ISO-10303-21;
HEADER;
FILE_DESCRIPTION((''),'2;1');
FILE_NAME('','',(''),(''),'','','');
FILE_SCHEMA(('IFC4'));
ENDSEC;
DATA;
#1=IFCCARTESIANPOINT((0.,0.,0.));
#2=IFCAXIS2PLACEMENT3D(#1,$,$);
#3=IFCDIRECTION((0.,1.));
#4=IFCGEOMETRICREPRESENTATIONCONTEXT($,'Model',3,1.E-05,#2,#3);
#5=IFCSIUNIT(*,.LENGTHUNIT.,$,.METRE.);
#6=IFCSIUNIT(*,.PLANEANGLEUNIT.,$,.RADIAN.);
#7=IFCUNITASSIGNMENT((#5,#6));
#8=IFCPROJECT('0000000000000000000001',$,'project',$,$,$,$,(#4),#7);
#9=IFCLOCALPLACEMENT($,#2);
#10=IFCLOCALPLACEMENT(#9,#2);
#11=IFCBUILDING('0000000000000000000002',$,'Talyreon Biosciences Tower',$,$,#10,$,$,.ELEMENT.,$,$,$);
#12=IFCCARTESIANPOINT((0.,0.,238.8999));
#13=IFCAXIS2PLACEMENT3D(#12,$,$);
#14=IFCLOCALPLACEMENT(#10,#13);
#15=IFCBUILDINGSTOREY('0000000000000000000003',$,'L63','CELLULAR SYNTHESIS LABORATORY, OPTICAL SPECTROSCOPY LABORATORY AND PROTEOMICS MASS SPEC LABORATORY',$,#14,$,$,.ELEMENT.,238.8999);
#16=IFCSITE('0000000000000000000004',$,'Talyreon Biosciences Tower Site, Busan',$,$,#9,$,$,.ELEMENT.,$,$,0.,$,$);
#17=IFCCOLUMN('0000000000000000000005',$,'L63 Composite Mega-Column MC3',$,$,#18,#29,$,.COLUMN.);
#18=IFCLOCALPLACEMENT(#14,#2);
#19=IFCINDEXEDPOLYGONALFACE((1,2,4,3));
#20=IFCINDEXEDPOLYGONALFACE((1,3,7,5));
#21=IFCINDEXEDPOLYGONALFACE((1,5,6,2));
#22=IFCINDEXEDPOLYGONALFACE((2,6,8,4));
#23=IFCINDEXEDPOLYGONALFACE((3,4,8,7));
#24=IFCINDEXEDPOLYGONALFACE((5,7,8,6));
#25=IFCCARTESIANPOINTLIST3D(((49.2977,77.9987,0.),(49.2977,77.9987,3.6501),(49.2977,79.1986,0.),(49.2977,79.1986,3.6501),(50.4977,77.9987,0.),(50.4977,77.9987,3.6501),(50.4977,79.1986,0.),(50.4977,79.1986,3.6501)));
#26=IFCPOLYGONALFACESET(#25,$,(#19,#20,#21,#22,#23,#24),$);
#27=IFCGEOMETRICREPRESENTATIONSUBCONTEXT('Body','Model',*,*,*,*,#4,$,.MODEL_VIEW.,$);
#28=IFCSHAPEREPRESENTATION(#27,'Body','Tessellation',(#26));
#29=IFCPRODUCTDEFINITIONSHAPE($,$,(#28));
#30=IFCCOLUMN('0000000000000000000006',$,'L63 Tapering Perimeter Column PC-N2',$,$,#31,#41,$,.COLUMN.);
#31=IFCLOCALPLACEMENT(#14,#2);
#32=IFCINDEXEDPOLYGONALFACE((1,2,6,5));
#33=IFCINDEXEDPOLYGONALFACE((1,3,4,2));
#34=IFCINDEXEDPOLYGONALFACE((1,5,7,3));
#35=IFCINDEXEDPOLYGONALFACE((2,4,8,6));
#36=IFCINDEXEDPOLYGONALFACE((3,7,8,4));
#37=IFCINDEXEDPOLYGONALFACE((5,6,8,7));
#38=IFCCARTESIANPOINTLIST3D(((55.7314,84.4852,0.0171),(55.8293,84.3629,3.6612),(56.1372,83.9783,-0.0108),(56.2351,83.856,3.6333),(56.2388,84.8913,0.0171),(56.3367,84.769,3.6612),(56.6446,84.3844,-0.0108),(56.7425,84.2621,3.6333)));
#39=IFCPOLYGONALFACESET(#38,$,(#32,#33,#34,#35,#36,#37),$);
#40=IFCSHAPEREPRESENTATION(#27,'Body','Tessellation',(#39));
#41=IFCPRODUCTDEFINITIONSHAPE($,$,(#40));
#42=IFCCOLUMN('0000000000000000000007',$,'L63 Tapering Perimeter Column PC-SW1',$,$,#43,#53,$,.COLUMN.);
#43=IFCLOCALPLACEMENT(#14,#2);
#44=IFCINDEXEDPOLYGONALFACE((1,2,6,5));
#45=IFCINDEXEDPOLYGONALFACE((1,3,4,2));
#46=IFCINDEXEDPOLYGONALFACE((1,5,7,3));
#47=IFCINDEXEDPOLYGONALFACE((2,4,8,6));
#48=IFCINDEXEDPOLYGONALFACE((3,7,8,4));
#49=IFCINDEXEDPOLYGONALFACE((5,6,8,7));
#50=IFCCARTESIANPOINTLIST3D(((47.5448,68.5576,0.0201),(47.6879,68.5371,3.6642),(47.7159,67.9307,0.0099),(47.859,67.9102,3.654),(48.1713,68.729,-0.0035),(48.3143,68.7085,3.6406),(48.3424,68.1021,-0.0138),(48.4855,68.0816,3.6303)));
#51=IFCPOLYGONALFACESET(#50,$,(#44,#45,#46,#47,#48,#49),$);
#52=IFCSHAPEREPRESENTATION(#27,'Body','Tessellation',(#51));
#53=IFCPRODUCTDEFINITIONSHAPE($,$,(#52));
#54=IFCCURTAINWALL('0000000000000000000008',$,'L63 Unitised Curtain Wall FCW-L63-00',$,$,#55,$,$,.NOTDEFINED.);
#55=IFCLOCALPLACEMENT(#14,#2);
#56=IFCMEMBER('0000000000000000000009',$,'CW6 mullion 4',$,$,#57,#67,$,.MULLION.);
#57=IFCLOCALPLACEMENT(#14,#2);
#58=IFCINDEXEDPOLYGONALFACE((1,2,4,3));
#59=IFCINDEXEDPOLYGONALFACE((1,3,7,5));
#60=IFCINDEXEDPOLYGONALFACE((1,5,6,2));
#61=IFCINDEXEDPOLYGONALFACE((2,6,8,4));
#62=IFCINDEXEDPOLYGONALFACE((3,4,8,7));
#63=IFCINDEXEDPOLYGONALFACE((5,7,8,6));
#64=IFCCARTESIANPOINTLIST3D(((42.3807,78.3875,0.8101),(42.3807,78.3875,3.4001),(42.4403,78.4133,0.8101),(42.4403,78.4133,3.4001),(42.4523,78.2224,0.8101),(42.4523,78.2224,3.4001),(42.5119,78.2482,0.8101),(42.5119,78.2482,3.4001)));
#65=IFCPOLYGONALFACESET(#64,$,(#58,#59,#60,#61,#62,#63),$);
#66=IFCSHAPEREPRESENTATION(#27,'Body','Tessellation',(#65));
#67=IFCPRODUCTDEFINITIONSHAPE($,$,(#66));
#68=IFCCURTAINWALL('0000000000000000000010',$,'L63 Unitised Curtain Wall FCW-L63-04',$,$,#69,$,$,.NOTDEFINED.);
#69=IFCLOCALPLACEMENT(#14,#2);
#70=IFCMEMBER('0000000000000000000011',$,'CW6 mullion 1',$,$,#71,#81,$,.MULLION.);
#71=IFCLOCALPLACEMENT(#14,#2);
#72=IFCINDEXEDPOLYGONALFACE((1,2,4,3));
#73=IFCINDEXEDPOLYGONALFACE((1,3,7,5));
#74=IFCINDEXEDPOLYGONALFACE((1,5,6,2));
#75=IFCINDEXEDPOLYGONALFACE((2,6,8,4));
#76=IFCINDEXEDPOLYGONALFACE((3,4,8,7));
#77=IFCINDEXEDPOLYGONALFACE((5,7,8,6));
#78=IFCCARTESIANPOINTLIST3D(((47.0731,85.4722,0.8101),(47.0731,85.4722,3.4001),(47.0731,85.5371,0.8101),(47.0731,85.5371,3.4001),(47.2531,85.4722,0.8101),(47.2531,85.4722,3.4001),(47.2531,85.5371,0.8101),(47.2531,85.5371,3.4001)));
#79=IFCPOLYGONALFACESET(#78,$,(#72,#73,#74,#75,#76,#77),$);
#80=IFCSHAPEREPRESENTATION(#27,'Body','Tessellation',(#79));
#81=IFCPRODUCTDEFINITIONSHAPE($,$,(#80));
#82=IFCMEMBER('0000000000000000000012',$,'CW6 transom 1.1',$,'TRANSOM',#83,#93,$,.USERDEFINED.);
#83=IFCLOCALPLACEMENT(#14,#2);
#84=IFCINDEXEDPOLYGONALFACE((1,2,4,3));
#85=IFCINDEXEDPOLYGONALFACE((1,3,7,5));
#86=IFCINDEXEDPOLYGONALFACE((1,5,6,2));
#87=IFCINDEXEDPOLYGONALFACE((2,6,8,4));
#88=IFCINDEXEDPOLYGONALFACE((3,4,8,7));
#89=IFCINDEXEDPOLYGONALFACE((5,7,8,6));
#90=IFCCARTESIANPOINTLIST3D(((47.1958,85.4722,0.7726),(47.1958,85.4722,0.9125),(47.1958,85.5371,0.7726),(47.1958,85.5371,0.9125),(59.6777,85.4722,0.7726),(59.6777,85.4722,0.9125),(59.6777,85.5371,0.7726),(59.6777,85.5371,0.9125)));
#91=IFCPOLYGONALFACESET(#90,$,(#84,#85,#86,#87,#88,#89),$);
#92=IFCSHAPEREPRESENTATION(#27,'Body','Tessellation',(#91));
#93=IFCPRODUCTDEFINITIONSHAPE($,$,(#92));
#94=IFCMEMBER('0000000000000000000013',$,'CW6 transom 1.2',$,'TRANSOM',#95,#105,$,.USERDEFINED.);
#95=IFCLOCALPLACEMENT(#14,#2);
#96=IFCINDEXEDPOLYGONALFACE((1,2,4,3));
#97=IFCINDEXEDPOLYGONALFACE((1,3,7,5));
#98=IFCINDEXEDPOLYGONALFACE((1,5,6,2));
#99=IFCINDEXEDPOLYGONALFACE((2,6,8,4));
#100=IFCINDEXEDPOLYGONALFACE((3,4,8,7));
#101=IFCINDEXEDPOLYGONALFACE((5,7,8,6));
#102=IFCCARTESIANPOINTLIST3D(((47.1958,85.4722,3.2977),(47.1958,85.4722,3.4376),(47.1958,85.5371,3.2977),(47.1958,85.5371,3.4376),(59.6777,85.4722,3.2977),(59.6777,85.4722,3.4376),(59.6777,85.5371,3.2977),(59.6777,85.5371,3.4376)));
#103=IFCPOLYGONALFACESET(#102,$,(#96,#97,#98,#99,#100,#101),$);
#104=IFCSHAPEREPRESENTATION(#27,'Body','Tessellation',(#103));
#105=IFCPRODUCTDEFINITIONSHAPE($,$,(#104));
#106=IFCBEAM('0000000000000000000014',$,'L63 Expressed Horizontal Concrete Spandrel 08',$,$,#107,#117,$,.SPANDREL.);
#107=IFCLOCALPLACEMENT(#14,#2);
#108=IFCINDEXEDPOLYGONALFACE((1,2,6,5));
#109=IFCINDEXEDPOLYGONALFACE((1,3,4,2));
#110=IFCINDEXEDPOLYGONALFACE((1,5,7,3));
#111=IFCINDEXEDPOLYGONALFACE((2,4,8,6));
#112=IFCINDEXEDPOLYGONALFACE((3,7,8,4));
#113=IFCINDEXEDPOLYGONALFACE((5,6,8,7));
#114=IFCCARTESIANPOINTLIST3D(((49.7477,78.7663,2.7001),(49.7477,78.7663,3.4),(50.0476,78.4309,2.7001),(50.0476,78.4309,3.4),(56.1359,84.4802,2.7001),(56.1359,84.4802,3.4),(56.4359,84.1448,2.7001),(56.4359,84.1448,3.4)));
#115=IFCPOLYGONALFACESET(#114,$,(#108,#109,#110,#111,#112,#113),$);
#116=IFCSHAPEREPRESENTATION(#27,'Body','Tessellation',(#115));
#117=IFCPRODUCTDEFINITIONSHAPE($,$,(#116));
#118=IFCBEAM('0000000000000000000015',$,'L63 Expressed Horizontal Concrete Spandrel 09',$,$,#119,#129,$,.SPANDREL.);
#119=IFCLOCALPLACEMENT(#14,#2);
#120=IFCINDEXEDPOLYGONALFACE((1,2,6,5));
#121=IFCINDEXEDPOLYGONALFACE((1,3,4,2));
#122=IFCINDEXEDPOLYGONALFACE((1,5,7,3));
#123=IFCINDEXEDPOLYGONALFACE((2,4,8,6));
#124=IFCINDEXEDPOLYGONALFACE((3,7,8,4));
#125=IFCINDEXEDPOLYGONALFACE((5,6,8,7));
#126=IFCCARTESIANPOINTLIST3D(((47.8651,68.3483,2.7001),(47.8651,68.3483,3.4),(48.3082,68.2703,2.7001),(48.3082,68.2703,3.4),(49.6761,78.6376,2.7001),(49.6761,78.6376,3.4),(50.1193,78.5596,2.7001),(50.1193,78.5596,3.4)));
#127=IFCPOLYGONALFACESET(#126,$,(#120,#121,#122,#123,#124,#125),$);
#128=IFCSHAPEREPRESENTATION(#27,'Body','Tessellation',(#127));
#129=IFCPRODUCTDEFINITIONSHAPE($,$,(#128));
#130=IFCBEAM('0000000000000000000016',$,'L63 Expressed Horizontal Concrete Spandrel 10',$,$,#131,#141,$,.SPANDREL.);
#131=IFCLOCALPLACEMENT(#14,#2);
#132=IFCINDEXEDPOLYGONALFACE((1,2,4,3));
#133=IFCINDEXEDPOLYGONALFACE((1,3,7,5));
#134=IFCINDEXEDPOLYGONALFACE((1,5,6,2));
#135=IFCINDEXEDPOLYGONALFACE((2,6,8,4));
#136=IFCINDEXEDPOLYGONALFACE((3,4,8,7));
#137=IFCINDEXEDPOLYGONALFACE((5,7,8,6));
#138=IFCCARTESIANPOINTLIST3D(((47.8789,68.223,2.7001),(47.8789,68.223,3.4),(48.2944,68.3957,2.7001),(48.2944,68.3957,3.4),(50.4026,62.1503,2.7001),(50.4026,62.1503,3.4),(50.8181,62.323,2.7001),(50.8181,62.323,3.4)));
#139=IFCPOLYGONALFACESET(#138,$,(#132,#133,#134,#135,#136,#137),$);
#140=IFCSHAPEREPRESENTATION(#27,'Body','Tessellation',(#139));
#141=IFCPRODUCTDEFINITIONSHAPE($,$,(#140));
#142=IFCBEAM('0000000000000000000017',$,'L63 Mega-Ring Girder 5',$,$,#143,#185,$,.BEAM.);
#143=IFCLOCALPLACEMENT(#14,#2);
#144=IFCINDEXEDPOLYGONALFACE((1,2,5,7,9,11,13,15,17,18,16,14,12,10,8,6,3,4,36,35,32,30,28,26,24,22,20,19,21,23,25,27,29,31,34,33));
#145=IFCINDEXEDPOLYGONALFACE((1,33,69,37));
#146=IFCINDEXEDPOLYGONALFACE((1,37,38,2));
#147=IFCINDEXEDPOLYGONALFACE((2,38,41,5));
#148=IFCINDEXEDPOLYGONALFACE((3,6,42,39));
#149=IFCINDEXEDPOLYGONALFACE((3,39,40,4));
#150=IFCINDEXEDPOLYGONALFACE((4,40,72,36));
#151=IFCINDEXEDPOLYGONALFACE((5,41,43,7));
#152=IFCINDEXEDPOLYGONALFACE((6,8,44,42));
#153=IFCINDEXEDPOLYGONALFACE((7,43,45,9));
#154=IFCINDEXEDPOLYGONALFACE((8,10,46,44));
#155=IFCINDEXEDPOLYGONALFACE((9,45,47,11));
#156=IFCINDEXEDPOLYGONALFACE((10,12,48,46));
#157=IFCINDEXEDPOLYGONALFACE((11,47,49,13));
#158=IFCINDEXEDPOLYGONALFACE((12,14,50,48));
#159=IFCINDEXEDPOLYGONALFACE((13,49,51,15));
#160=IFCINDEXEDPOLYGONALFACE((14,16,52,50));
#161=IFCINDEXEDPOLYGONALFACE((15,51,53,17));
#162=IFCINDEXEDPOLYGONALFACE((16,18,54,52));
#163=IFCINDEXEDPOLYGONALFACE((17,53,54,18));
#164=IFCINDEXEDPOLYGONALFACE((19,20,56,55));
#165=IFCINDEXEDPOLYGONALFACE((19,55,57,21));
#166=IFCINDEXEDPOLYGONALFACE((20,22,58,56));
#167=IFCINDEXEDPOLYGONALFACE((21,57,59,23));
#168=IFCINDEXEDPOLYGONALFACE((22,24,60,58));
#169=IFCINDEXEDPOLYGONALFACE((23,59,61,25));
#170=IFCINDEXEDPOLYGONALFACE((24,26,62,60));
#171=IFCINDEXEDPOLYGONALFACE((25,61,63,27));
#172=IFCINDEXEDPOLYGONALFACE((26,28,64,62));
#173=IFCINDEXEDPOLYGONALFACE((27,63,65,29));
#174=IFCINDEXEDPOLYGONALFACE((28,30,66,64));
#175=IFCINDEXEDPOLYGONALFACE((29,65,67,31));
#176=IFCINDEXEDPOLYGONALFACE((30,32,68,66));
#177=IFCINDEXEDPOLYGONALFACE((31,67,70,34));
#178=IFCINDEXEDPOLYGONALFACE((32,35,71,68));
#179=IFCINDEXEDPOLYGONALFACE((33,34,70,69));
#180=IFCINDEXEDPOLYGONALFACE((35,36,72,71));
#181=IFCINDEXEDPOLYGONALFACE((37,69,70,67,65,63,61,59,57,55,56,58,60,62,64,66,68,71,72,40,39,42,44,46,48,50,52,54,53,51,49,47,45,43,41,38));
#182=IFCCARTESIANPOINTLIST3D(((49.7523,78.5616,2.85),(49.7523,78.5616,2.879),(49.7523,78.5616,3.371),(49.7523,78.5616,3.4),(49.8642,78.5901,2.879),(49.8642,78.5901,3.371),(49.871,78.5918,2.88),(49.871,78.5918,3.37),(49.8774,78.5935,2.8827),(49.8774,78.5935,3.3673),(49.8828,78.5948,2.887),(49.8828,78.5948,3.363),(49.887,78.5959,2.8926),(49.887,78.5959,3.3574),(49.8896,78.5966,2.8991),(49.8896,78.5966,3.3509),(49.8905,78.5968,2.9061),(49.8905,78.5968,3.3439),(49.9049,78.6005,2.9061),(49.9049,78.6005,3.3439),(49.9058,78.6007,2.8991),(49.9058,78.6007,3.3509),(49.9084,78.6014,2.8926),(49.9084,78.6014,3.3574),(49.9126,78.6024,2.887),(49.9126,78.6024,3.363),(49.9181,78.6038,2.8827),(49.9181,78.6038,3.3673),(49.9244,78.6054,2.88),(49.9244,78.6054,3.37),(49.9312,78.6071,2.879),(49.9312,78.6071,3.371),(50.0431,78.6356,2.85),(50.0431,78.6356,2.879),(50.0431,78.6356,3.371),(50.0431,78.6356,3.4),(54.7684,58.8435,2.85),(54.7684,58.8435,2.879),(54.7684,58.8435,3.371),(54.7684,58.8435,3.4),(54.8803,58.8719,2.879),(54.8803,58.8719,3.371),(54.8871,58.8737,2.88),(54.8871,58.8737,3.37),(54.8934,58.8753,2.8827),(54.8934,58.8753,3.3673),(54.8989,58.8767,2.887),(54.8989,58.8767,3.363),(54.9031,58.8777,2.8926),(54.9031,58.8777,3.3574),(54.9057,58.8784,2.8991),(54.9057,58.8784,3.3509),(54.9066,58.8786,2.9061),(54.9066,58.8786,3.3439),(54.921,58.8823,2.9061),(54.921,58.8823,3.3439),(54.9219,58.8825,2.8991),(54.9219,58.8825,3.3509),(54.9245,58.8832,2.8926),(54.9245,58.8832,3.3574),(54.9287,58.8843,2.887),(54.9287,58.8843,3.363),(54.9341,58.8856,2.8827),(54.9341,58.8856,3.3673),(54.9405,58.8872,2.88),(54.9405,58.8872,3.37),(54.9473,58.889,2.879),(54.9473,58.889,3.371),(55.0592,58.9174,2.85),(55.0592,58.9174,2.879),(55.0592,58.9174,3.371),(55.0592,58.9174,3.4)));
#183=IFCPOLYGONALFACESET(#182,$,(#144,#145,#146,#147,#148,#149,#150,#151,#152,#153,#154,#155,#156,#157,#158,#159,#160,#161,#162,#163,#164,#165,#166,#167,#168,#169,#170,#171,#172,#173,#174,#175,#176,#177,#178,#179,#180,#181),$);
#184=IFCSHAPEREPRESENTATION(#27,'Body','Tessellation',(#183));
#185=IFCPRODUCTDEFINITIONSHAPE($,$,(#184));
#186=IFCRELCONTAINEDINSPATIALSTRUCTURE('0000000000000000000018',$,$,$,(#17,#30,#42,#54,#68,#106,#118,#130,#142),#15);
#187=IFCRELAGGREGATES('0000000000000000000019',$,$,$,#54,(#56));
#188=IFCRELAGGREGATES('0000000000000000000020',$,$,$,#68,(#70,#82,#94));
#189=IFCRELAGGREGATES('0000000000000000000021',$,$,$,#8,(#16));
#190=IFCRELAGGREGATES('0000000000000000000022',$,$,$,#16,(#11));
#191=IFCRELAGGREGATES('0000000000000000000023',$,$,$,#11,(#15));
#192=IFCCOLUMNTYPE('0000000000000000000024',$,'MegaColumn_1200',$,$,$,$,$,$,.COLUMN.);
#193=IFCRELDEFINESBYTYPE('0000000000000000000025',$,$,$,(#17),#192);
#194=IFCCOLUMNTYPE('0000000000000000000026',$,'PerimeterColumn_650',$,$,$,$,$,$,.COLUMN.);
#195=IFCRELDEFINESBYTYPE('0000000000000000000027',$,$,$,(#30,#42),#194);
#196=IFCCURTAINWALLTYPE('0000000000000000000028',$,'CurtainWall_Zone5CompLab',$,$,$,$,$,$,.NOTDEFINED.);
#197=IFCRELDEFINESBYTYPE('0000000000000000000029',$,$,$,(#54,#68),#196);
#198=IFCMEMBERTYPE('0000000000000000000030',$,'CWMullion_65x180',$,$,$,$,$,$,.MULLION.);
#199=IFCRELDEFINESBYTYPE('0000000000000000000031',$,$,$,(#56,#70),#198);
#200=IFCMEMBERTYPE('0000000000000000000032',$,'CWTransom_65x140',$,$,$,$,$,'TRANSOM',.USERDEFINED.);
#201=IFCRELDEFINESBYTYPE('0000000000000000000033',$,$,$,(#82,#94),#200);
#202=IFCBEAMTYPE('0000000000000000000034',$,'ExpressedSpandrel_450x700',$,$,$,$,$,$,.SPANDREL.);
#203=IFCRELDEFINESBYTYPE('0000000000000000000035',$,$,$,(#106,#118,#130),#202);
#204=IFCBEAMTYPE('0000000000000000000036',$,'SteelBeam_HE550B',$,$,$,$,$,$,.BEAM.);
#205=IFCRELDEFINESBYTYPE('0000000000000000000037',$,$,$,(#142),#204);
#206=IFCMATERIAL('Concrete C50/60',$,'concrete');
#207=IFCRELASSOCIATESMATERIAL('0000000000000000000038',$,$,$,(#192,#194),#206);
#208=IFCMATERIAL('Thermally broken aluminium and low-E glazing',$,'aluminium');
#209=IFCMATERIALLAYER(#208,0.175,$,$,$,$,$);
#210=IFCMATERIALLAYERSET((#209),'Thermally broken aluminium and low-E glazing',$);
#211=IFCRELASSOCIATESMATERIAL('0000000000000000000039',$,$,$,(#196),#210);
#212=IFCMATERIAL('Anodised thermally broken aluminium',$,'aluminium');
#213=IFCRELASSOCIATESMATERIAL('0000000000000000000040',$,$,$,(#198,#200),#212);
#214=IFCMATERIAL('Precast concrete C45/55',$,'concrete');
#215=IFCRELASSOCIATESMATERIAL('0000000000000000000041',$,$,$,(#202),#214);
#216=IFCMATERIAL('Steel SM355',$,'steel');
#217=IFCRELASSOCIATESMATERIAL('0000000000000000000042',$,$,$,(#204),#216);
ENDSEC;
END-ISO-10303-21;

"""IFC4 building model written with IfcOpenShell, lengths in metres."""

from ifc_helpers import new_model, si_unit, direction, frame, origin, origin_2d, place, context, subcontext, project, spatial, rectangle, i_section, extrude, material, layer, layer_set, material_profile, profile_set, type_object, element, aggregate, save


model = new_model("IFC4")

# Units and contexts
model_context = context("Model", 3, precision=1e-05, world=origin(), true_north=direction((0.0, 1.0)))
body_context = subcontext(model_context, "Body", "Model", "MODEL_VIEW")
ifc_project = project(units=[si_unit("LENGTHUNIT", "METRE"), si_unit("PLANEANGLEUNIT", "RADIAN")], contexts=[model_context])

# Site, building, storey
site_placement = place(None, origin())
site = spatial("IfcSite", under=ifc_project, at=site_placement, Name="Talyreon Biosciences Tower Site, Busan", CompositionType="ELEMENT", RefElevation=0.0)
building_placement = place(site_placement, origin())
building = spatial("IfcBuilding", under=site, at=building_placement, Name="Talyreon Biosciences Tower", CompositionType="ELEMENT")
storey_placement = place(building_placement, frame((0.0, 0.0, 238.8999)))
storey = spatial("IfcBuildingStorey", under=building, at=storey_placement, Name="L63", Description="CELLULAR SYNTHESIS LABORATORY, OPTICAL SPECTROSCOPY LABORATORY AND PROTEOMICS MASS SPEC LABORATORY", CompositionType="ELEMENT", Elevation=238.8999)

# Columns
ifc_material_1 = material(Name="Concrete C50/60", Category="concrete")
ifc_material_profile_1 = material_profile(ifc_material_1, rectangle(XDim=1.2, YDim=1.2, at=origin_2d()), Name="RC 1200x1200")
ifc_profile_set_1 = profile_set([ifc_material_profile_1], Name="Concrete C50/60")
column_type_1 = type_object("IfcColumnType", Name="MegaColumn_1200", PredefinedType="COLUMN", material=ifc_profile_set_1)
column_1_placement = place(storey_placement, frame((49.8977, 78.5986, 0.0), z_axis=(0.0, 0.0, 1.0), x_axis=(1.0, 0.0, 0.0)))
element("IfcColumn", 1, at=column_1_placement, inside=storey, type_object=column_type_1, Name="L63 Composite Mega-Column MC3", PredefinedType="COLUMN", context=body_context, shape_type="SweptSolid", body=[
    extrude(rectangle(XDim=1.2, YDim=1.2, at=origin_2d()), origin(), (0.0, 0.0, 1.0), 3.6501),
])
ifc_material_profile_2 = material_profile(ifc_material_1, rectangle(XDim=0.6499, YDim=0.6499, at=origin_2d()), Name="RC 650x650")
ifc_profile_set_2 = profile_set([ifc_material_profile_2], Name="Concrete C50/60")
column_type_2 = type_object("IfcColumnType", Name="PerimeterColumn_650", PredefinedType="COLUMN", material=ifc_profile_set_2)
column_2_placement = place(storey_placement, frame((56.188, 84.4348, 0.0032), z_axis=(0.026841, -0.033535, 0.999077), x_axis=(-0.780717, -0.624885, 0.0)))
element("IfcColumn", 2, at=column_2_placement, inside=storey, type_object=column_type_2, Name="L63 Tapering Perimeter Column PC-N2", PredefinedType="COLUMN", context=body_context, shape_type="SweptSolid", body=[
    extrude(rectangle(XDim=0.6499, YDim=0.6499, at=origin_2d()), origin(), (0.0, 0.0, 1.0), 3.6475),
])
column_3_placement = place(storey_placement, frame((47.9436, 68.3298, 0.0032), z_axis=(0.03923, -0.005623, 0.999214), x_axis=(0.963911, 0.263732, -0.036359)))
element("IfcColumn", 3, at=column_3_placement, inside=storey, type_object=column_type_2, Name="L63 Tapering Perimeter Column PC-SW1", PredefinedType="COLUMN", context=body_context, shape_type="SweptSolid", body=[
    extrude(rectangle(XDim=0.6499, YDim=0.6499, at=origin_2d()), origin(), (0.0, 0.0, 1.0), 3.647),
])

# Curtain wall, member
ifc_material_2 = material(Name="Thermally broken aluminium and low-E glazing", Category="aluminium")
ifc_layer_1 = layer(ifc_material_2, 0.175)
ifc_layer_set_1 = layer_set([ifc_layer_1], Name="Thermally broken aluminium and low-E glazing")
curtain_wall_type = type_object("IfcCurtainWallType", Name="CurtainWall_Zone5CompLab", PredefinedType="NOTDEFINED", material=ifc_layer_set_1)
curtain_wall_1_placement = place(storey_placement, origin())
curtain_wall_1 = element("IfcCurtainWall", 4, at=curtain_wall_1_placement, inside=storey, type_object=curtain_wall_type, Name="L63 Unitised Curtain Wall FCW-L63-00", PredefinedType="NOTDEFINED")
ifc_material_3 = material(Name="Anodised thermally broken aluminium", Category="aluminium")
ifc_material_profile_3 = material_profile(ifc_material_3, rectangle(XDim=0.0649, YDim=0.1799, at=origin_2d()), Name="ALUM MULLION 65x180")
ifc_profile_set_3 = profile_set([ifc_material_profile_3], Name="Anodised thermally broken aluminium")
member_type_1 = type_object("IfcMemberType", Name="CWMullion_65x180", PredefinedType="MULLION", material=ifc_profile_set_3)
member_1_placement = place(storey_placement, frame((42.4463, 78.3179, 0.8101), z_axis=(0.0, 0.0, 1.0), x_axis=(-0.917458, -0.397832, 0.0)))
member_1 = element("IfcMember", 5, at=member_1_placement, type_object=member_type_1, Name="CW6 mullion 4", PredefinedType="MULLION", context=body_context, shape_type="SweptSolid", body=[
    extrude(rectangle(XDim=0.0649, YDim=0.1799, at=origin_2d()), origin(), (0.0, 0.0, 1.0), 2.5901),
])

# Curtain wall, members
curtain_wall_2_placement = place(storey_placement, origin())
curtain_wall_2 = element("IfcCurtainWall", 6, at=curtain_wall_2_placement, inside=storey, type_object=curtain_wall_type, Name="L63 Unitised Curtain Wall FCW-L63-04", PredefinedType="NOTDEFINED")
member_2_placement = place(storey_placement, frame((47.1631, 85.5046, 0.8101), z_axis=(0.0, 0.0, 1.0), x_axis=(0.0, 1.0, 0.0)))
member_2 = element("IfcMember", 7, at=member_2_placement, type_object=member_type_1, Name="CW6 mullion 1", PredefinedType="MULLION", context=body_context, shape_type="SweptSolid", body=[
    extrude(rectangle(XDim=0.0649, YDim=0.1799, at=origin_2d()), origin(), (0.0, 0.0, 1.0), 2.5901),
])
ifc_material_profile_4 = material_profile(ifc_material_3, rectangle(XDim=0.0649, YDim=0.1399, at=origin_2d()), Name="ALUM TRANSOM 65x140")
ifc_profile_set_4 = profile_set([ifc_material_profile_4], Name="Anodised thermally broken aluminium")
member_type_2 = type_object("IfcMemberType", Name="CWTransom_65x140", ElementType="TRANSOM", PredefinedType="USERDEFINED", material=ifc_profile_set_4)
member_3_placement = place(storey_placement, frame((47.1958, 85.5046, 0.8425), z_axis=(1.0, 0.0, 0.0), x_axis=(0.0, 1.0, 0.0)))
member_3 = element("IfcMember", 8, at=member_3_placement, type_object=member_type_2, Name="CW6 transom 1.1", ObjectType="TRANSOM", PredefinedType="USERDEFINED", context=body_context, shape_type="SweptSolid", body=[
    extrude(rectangle(XDim=0.0649, YDim=0.1399, at=origin_2d()), origin(), (0.0, 0.0, 1.0), 12.4819),
])
member_4_placement = place(storey_placement, frame((47.1958, 85.5046, 3.3677), z_axis=(1.0, 0.0, 0.0), x_axis=(0.0, 1.0, 0.0)))
member_4 = element("IfcMember", 9, at=member_4_placement, type_object=member_type_2, Name="CW6 transom 1.2", ObjectType="TRANSOM", PredefinedType="USERDEFINED", context=body_context, shape_type="SweptSolid", body=[
    extrude(rectangle(XDim=0.0649, YDim=0.1399, at=origin_2d()), origin(), (0.0, 0.0, 1.0), 12.4819),
])

# Beams
ifc_material_4 = material(Name="Precast concrete C45/55", Category="concrete")
ifc_material_profile_5 = material_profile(ifc_material_4, rectangle(XDim=0.45, YDim=0.7, at=origin_2d()), Name="RCB 450x700")
ifc_profile_set_5 = profile_set([ifc_material_profile_5], Name="Precast concrete C45/55")
beam_type_1 = type_object("IfcBeamType", Name="ExpressedSpandrel_450x700", PredefinedType="SPANDREL", material=ifc_profile_set_5)
beam_1_placement = place(storey_placement, frame((56.2859, 84.3125, 3.05), z_axis=(-0.74535, -0.666673, 0.0), x_axis=(0.666673, -0.74535, 0.0)))
element("IfcBeam", 10, at=beam_1_placement, inside=storey, type_object=beam_type_1, Name="L63 Expressed Horizontal Concrete Spandrel 08", PredefinedType="SPANDREL", context=body_context, shape_type="SweptSolid", body=[
    extrude(rectangle(XDim=0.45, YDim=0.7, at=origin_2d()), origin(), (0.0, 0.0, 1.0), 8.5708),
])
beam_2_placement = place(storey_placement, frame((49.8977, 78.5986, 3.05), z_axis=(-0.173347, -0.984861, 0.0), x_axis=(0.984861, -0.173347, 0.0)))
element("IfcBeam", 11, at=beam_2_placement, inside=storey, type_object=beam_type_1, Name="L63 Expressed Horizontal Concrete Spandrel 09", PredefinedType="SPANDREL", context=body_context, shape_type="SweptSolid", body=[
    extrude(rectangle(XDim=0.45, YDim=0.7, at=origin_2d()), origin(), (0.0, 0.0, 1.0), 10.4475),
])
beam_3_placement = place(storey_placement, frame((48.0867, 68.3093, 3.05), z_axis=(0.383756, -0.923435, 0.0), x_axis=(0.923435, 0.383756, 0.0)))
element("IfcBeam", 12, at=beam_3_placement, inside=storey, type_object=beam_type_1, Name="L63 Expressed Horizontal Concrete Spandrel 10", PredefinedType="SPANDREL", context=body_context, shape_type="SweptSolid", body=[
    extrude(rectangle(XDim=0.45, YDim=0.7, at=origin_2d()), origin(), (0.0, 0.0, 1.0), 6.5762),
])
ifc_material_5 = material(Name="Steel SM355", Category="steel")
ifc_material_profile_6 = material_profile(ifc_material_5, i_section(OverallWidth=0.3, OverallDepth=0.55, WebThickness=0.0149, FlangeThickness=0.0291, FilletRadius=0.0271, at=origin_2d()), Name="HE550B")
ifc_profile_set_6 = profile_set([ifc_material_profile_6], Name="Steel SM355")
beam_type_2 = type_object("IfcBeamType", Name="SteelBeam_HE550B", PredefinedType="BEAM", material=ifc_profile_set_6)
beam_4_placement = place(storey_placement, frame((49.8977, 78.5986, 3.125), z_axis=(0.246537, -0.969133, 0.0), x_axis=(0.969133, 0.246537, 0.0)))
element("IfcBeam", 13, at=beam_4_placement, inside=storey, type_object=beam_type_2, Name="L63 Mega-Ring Girder 5", PredefinedType="BEAM", context=body_context, shape_type="SweptSolid", body=[
    extrude(i_section(OverallWidth=0.3, OverallDepth=0.55, WebThickness=0.0149, FlangeThickness=0.0291, FilletRadius=0.0271, at=origin_2d()), origin(), (0.0, 0.0, 1.0), 20.3462),
])

aggregate(curtain_wall_1, [member_1])
aggregate(curtain_wall_2, [member_2, member_3, member_4])

save(model, "model.ifc")
